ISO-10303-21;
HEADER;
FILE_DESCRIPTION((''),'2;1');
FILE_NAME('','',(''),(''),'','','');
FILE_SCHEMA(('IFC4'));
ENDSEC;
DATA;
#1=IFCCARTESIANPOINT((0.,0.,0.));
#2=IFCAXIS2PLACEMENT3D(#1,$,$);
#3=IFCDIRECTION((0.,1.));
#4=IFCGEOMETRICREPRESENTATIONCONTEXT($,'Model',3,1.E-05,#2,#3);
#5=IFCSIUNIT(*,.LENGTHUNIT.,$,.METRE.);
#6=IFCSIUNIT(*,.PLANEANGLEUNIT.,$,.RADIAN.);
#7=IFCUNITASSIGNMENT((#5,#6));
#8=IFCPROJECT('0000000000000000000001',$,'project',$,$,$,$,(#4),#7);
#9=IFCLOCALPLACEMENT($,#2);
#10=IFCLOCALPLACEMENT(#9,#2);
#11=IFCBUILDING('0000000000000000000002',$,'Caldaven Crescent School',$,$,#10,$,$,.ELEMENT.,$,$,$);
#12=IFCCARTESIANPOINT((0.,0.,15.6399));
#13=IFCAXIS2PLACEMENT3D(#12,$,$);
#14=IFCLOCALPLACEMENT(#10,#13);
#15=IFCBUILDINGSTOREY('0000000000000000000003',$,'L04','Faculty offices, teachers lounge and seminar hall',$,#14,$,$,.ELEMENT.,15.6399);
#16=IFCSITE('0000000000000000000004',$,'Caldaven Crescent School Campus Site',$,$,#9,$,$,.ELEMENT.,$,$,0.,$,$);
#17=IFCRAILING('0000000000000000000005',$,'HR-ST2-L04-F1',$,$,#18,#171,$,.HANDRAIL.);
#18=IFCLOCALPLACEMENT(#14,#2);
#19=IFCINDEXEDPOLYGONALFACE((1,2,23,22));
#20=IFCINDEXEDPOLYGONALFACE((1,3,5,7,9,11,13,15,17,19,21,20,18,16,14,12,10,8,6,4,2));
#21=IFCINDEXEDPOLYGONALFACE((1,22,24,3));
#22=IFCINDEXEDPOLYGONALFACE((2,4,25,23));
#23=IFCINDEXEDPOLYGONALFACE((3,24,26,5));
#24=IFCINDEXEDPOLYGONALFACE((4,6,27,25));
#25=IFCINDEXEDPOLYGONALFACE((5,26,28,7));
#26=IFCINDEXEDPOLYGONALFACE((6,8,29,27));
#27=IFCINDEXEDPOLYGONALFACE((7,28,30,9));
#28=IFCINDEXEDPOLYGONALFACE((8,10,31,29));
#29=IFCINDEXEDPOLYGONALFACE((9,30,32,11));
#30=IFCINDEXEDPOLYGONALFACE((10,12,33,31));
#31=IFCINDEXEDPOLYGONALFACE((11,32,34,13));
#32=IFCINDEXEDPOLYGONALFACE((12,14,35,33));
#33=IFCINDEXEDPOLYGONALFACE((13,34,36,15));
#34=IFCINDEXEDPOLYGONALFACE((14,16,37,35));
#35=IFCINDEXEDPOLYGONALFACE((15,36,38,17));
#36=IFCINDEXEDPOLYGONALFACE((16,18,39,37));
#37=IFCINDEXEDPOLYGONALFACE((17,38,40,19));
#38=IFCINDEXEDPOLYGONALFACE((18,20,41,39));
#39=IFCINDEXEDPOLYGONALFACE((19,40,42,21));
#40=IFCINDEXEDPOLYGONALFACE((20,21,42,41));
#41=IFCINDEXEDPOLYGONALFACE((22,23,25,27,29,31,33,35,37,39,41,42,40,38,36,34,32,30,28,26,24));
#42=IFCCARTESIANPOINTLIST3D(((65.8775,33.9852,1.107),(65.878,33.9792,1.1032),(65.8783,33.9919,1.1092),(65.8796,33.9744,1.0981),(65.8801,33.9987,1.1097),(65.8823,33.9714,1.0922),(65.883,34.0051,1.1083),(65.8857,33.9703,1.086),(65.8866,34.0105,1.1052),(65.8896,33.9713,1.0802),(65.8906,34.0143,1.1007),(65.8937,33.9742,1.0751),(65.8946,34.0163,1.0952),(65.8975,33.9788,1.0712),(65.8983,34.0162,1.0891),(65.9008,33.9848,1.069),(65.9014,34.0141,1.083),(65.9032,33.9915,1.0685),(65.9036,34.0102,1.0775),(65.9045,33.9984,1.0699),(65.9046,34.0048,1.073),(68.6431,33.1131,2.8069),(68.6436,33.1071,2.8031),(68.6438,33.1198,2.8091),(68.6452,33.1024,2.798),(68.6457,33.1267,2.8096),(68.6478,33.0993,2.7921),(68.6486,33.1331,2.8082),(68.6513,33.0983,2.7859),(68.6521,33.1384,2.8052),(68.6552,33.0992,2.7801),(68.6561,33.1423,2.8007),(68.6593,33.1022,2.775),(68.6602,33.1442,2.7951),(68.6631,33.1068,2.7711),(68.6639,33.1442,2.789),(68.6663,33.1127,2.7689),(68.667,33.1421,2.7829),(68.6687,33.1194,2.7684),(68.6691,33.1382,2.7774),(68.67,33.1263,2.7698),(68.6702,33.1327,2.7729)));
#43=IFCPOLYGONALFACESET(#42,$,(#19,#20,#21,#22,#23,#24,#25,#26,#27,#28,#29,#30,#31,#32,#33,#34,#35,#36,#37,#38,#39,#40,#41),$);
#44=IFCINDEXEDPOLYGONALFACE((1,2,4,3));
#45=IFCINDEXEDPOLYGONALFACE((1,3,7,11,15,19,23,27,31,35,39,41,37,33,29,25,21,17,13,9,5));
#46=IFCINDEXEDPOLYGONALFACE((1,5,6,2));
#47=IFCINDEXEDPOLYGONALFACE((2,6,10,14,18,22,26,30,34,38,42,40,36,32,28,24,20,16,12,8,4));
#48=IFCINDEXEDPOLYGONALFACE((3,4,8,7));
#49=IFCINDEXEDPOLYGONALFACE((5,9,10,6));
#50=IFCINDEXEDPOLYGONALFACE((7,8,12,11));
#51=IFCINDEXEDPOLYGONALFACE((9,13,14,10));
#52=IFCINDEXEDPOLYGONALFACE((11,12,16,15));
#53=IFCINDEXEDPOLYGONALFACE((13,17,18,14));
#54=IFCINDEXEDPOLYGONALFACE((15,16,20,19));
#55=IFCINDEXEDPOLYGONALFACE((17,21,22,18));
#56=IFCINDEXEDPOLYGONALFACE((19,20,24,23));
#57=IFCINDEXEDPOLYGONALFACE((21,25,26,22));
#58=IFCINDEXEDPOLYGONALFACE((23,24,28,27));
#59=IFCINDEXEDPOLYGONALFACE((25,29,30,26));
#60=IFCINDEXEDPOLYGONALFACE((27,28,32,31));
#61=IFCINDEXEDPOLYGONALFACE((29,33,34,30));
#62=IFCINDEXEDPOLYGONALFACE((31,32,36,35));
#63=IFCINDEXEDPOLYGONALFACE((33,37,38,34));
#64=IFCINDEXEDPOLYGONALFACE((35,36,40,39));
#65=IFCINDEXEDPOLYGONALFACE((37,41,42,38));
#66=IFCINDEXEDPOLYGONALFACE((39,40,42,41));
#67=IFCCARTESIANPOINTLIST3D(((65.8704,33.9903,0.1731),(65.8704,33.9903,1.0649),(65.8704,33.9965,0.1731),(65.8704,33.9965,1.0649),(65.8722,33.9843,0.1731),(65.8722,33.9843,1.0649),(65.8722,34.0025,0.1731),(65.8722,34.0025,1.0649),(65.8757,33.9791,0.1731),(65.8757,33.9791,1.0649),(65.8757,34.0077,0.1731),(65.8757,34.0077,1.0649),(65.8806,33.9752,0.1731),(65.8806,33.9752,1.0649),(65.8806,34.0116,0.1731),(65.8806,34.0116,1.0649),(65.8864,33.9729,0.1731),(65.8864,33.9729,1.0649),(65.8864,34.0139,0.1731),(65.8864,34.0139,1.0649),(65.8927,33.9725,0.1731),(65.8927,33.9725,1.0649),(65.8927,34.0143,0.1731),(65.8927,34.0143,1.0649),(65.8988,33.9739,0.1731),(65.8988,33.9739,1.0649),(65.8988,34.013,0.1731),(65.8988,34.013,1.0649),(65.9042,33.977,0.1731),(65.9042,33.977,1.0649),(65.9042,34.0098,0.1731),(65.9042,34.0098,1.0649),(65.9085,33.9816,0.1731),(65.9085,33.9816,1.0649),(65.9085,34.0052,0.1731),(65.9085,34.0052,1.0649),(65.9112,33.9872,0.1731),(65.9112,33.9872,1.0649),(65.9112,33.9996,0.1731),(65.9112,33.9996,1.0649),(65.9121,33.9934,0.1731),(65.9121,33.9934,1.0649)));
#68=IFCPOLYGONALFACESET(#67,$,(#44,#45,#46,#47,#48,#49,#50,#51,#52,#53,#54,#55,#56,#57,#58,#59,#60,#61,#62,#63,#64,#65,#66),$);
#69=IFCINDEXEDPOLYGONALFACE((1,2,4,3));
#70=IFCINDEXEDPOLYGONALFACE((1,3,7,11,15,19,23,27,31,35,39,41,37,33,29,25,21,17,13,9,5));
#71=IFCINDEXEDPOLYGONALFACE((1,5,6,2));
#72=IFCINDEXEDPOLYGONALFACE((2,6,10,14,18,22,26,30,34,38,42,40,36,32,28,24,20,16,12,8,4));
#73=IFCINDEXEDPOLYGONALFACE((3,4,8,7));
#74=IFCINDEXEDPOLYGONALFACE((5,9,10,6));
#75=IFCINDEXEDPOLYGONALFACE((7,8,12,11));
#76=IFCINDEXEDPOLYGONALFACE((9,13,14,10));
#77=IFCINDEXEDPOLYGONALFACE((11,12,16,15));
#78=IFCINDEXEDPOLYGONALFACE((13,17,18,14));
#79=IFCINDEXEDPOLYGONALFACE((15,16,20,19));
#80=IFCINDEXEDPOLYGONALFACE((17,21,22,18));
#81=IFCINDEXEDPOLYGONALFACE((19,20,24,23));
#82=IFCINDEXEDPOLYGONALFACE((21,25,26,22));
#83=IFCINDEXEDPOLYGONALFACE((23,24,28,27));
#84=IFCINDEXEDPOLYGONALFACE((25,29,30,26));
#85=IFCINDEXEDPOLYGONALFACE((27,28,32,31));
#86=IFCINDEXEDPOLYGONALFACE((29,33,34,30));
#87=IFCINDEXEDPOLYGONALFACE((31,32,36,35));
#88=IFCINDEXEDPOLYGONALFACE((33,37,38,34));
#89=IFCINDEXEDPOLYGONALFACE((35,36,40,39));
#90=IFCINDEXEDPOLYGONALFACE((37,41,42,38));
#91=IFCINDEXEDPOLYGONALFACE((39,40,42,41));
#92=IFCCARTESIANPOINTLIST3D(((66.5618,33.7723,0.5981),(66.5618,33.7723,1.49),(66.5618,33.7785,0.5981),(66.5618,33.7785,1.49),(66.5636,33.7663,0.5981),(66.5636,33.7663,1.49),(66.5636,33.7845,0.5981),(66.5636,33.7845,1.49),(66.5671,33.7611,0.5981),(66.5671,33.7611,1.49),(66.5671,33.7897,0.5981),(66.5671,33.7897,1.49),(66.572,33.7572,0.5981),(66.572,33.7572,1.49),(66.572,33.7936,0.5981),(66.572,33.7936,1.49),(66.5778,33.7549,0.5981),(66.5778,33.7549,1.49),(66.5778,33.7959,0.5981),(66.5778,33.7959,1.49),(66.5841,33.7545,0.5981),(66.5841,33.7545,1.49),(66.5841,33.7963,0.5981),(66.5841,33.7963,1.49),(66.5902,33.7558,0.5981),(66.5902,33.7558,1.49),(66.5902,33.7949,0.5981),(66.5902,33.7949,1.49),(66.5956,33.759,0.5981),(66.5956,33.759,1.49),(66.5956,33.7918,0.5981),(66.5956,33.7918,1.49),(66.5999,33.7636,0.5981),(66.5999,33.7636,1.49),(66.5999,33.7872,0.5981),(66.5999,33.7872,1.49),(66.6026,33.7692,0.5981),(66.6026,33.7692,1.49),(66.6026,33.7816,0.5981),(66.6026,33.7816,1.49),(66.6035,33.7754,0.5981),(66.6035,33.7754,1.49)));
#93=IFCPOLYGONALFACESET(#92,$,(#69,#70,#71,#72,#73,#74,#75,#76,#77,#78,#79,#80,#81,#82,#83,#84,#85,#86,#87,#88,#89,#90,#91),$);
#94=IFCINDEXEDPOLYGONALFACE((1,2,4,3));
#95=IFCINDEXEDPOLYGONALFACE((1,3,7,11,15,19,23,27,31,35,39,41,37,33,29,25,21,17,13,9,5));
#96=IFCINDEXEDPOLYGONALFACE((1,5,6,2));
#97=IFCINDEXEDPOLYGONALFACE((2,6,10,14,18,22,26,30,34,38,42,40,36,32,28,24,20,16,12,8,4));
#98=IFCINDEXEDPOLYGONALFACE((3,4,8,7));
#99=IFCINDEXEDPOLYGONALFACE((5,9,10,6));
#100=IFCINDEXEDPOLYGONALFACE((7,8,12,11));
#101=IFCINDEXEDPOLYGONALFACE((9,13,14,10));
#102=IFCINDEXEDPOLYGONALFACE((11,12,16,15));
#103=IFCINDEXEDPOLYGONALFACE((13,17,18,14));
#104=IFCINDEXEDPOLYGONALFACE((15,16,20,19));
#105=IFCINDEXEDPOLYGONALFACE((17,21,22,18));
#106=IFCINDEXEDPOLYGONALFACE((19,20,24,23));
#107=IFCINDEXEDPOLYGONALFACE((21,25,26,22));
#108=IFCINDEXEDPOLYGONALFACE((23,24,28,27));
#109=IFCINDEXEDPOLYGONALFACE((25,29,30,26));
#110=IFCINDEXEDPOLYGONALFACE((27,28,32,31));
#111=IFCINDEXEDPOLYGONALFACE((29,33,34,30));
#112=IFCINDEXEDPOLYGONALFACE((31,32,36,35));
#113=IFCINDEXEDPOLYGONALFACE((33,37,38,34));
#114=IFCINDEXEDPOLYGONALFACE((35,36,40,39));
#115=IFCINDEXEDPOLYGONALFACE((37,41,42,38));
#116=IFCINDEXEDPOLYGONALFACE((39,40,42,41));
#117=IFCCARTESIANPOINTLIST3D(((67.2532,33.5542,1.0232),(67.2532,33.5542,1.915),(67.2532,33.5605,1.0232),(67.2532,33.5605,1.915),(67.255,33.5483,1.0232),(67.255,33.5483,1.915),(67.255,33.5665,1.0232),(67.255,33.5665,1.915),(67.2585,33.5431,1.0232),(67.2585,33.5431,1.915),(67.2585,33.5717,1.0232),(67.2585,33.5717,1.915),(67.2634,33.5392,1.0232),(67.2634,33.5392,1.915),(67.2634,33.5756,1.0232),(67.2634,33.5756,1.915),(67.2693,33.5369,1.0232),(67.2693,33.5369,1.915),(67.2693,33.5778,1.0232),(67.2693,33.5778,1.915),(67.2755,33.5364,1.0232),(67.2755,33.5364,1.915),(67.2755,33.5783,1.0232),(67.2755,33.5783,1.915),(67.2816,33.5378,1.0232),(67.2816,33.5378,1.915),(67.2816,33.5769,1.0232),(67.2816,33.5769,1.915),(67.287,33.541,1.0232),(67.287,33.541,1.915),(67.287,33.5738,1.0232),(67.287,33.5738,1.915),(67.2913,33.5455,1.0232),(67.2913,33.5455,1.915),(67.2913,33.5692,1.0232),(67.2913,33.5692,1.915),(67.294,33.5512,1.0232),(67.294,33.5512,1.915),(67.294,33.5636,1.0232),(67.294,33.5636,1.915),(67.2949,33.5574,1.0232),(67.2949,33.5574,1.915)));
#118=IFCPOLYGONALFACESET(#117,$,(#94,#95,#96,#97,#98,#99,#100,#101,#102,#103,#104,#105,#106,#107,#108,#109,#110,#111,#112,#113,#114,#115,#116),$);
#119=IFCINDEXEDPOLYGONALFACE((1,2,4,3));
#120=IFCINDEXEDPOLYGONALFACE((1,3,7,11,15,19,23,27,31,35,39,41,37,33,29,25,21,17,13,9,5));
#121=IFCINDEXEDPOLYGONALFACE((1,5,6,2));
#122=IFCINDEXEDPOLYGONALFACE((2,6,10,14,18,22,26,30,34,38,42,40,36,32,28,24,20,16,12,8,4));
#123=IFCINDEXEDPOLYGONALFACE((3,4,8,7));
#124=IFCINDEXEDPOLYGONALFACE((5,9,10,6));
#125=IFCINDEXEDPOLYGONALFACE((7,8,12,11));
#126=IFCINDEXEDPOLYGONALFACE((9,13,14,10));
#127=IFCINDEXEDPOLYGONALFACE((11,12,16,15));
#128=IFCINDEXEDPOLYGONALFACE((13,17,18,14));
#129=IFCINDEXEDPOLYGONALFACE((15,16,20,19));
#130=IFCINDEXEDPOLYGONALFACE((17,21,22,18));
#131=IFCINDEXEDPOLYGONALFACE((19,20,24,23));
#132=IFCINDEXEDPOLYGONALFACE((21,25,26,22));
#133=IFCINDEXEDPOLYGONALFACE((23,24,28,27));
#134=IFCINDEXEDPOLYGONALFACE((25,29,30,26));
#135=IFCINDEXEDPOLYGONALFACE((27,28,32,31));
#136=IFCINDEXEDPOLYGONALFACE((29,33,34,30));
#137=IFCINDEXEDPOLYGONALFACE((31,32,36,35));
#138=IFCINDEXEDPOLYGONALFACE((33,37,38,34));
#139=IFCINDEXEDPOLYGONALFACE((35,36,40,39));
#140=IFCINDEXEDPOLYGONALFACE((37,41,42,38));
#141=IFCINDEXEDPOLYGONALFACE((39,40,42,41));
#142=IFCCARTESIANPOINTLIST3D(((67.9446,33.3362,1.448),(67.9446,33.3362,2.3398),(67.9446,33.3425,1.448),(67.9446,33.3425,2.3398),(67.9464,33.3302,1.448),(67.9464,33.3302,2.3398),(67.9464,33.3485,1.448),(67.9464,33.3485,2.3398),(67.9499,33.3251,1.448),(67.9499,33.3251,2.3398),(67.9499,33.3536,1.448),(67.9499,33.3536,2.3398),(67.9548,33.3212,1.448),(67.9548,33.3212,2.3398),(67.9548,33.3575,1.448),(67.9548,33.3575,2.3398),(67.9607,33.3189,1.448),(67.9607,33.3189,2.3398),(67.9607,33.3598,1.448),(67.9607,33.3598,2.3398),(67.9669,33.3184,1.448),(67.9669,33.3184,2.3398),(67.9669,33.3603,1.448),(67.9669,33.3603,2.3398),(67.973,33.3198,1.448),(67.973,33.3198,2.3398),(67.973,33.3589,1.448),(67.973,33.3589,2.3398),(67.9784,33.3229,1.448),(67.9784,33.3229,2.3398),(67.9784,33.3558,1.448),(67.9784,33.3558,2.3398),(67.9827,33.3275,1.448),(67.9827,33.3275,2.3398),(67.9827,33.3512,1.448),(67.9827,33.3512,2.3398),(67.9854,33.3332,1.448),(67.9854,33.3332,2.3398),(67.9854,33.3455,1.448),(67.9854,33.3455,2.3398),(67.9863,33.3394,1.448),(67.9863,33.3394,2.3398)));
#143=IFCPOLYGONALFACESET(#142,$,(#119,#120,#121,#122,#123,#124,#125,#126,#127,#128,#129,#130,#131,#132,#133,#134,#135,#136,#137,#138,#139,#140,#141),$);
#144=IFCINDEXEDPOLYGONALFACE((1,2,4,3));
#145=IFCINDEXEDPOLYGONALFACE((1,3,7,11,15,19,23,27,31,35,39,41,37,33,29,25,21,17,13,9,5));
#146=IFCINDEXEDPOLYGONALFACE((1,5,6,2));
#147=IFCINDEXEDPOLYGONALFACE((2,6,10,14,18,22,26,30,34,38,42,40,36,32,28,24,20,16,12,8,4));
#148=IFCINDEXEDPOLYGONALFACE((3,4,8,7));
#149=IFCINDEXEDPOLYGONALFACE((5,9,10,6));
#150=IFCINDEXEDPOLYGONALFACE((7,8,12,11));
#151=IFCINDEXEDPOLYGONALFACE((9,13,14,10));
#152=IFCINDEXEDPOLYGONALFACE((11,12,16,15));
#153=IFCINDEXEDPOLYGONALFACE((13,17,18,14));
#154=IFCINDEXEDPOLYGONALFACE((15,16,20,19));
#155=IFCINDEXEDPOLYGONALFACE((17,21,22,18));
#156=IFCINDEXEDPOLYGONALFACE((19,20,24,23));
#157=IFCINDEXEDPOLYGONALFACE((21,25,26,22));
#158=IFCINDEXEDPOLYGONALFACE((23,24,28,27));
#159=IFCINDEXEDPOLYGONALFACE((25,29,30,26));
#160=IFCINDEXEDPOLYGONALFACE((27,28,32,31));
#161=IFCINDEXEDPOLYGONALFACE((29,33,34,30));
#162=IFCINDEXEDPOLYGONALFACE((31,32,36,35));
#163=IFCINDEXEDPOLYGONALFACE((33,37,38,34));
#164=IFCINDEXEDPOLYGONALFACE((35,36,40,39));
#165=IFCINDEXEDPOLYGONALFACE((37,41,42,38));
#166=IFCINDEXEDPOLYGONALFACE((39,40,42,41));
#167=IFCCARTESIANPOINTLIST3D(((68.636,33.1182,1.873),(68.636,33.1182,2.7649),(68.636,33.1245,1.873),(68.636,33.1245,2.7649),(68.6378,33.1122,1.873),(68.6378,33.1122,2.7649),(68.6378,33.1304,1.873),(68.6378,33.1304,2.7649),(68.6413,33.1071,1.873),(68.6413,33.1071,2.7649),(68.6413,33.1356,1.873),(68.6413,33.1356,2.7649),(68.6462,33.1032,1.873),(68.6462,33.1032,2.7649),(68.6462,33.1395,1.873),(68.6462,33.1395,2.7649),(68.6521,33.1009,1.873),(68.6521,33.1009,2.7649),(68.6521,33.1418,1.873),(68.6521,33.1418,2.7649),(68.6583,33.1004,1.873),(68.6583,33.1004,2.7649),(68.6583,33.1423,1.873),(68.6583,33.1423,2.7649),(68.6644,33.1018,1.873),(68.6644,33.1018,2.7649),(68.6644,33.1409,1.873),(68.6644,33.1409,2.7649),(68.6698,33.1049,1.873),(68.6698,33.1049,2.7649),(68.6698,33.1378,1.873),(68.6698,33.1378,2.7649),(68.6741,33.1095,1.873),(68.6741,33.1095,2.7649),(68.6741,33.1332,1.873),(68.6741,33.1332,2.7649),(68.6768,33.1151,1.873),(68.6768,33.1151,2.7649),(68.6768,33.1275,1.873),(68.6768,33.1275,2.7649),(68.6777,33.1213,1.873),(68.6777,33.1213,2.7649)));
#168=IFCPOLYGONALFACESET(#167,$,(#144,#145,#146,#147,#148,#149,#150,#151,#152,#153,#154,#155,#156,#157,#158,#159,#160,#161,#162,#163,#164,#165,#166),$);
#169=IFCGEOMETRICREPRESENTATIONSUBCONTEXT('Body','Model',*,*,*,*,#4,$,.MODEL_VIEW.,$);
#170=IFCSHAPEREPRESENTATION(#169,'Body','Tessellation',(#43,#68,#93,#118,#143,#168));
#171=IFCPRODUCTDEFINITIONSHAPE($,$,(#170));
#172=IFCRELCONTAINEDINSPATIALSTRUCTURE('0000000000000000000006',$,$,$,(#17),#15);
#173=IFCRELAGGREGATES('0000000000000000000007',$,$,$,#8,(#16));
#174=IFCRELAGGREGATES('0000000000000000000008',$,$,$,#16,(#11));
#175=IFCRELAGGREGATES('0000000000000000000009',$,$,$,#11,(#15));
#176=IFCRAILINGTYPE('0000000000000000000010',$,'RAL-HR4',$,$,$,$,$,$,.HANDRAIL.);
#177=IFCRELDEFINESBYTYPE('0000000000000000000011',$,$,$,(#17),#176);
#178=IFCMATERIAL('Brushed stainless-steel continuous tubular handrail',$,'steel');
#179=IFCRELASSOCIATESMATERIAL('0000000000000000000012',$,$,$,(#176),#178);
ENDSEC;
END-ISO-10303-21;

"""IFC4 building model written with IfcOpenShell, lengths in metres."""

from ifc_helpers import new_model, si_unit, direction, frame, origin, origin_2d, place, context, subcontext, project, spatial, circle, extrude, material, type_object, element, save


model = new_model("IFC4")

# Units and contexts
model_context = context("Model", 3, precision=1e-05, world=origin(), true_north=direction((0.0, 1.0)))
body_context = subcontext(model_context, "Body", "Model", "MODEL_VIEW")
ifc_project = project(units=[si_unit("LENGTHUNIT", "METRE"), si_unit("PLANEANGLEUNIT", "RADIAN")], contexts=[model_context])

# Site, building, storey
site_placement = place(None, origin())
site = spatial("IfcSite", under=ifc_project, at=site_placement, Name="Caldaven Crescent School Campus Site", CompositionType="ELEMENT", RefElevation=0.0)
building_placement = place(site_placement, origin())
building = spatial("IfcBuilding", under=site, at=building_placement, Name="Caldaven Crescent School", CompositionType="ELEMENT")
storey_placement = place(building_placement, frame((0.0, 0.0, 15.6399)))
storey = spatial("IfcBuildingStorey", under=building, at=storey_placement, Name="L04", Description="Faculty offices, teachers lounge and seminar hall", CompositionType="ELEMENT", Elevation=15.6399)

# Railing
ifc_material_1 = material(Name="Brushed stainless-steel continuous tubular handrail", Category="steel")
railing_type_1 = type_object("IfcRailingType", Name="RAL-HR4", PredefinedType="HANDRAIL", material=ifc_material_1)
railing_1_placement = place(storey_placement, frame((65.8911, 33.9934, 0.1731)))
element("IfcRailing", 1, at=railing_1_placement, inside=storey, type_object=railing_type_1, Name="HR-ST2-L04-F1", PredefinedType="HANDRAIL", context=body_context, shape_type="SweptSolid", body=[
    extrude(circle(Radius=0.0239, at=origin_2d()), frame((0.0, 0.0, 0.916), z_axis=(0.822759, -0.259436, 0.505727), x_axis=(0.300728, 0.95371, 0.0)), (0.0, 0.0, 1.0), 3.3613),
    extrude(circle(Radius=0.021, at=origin_2d()), origin(), (0.0, 0.0, 1.0), 0.8918),
    extrude(circle(Radius=0.021, at=origin_2d()), frame((0.6914, -0.218, 0.425)), (0.0, 0.0, 1.0), 0.8918),
    extrude(circle(Radius=0.021, at=origin_2d()), frame((1.3828, -0.436, 0.8501)), (0.0, 0.0, 1.0), 0.8918),
    extrude(circle(Radius=0.021, at=origin_2d()), frame((2.0742, -0.6541, 1.2749)), (0.0, 0.0, 1.0), 0.8918),
    extrude(circle(Radius=0.021, at=origin_2d()), frame((2.7656, -0.8721, 1.7)), (0.0, 0.0, 1.0), 0.8918),
])

save(model, "model.ifc")
